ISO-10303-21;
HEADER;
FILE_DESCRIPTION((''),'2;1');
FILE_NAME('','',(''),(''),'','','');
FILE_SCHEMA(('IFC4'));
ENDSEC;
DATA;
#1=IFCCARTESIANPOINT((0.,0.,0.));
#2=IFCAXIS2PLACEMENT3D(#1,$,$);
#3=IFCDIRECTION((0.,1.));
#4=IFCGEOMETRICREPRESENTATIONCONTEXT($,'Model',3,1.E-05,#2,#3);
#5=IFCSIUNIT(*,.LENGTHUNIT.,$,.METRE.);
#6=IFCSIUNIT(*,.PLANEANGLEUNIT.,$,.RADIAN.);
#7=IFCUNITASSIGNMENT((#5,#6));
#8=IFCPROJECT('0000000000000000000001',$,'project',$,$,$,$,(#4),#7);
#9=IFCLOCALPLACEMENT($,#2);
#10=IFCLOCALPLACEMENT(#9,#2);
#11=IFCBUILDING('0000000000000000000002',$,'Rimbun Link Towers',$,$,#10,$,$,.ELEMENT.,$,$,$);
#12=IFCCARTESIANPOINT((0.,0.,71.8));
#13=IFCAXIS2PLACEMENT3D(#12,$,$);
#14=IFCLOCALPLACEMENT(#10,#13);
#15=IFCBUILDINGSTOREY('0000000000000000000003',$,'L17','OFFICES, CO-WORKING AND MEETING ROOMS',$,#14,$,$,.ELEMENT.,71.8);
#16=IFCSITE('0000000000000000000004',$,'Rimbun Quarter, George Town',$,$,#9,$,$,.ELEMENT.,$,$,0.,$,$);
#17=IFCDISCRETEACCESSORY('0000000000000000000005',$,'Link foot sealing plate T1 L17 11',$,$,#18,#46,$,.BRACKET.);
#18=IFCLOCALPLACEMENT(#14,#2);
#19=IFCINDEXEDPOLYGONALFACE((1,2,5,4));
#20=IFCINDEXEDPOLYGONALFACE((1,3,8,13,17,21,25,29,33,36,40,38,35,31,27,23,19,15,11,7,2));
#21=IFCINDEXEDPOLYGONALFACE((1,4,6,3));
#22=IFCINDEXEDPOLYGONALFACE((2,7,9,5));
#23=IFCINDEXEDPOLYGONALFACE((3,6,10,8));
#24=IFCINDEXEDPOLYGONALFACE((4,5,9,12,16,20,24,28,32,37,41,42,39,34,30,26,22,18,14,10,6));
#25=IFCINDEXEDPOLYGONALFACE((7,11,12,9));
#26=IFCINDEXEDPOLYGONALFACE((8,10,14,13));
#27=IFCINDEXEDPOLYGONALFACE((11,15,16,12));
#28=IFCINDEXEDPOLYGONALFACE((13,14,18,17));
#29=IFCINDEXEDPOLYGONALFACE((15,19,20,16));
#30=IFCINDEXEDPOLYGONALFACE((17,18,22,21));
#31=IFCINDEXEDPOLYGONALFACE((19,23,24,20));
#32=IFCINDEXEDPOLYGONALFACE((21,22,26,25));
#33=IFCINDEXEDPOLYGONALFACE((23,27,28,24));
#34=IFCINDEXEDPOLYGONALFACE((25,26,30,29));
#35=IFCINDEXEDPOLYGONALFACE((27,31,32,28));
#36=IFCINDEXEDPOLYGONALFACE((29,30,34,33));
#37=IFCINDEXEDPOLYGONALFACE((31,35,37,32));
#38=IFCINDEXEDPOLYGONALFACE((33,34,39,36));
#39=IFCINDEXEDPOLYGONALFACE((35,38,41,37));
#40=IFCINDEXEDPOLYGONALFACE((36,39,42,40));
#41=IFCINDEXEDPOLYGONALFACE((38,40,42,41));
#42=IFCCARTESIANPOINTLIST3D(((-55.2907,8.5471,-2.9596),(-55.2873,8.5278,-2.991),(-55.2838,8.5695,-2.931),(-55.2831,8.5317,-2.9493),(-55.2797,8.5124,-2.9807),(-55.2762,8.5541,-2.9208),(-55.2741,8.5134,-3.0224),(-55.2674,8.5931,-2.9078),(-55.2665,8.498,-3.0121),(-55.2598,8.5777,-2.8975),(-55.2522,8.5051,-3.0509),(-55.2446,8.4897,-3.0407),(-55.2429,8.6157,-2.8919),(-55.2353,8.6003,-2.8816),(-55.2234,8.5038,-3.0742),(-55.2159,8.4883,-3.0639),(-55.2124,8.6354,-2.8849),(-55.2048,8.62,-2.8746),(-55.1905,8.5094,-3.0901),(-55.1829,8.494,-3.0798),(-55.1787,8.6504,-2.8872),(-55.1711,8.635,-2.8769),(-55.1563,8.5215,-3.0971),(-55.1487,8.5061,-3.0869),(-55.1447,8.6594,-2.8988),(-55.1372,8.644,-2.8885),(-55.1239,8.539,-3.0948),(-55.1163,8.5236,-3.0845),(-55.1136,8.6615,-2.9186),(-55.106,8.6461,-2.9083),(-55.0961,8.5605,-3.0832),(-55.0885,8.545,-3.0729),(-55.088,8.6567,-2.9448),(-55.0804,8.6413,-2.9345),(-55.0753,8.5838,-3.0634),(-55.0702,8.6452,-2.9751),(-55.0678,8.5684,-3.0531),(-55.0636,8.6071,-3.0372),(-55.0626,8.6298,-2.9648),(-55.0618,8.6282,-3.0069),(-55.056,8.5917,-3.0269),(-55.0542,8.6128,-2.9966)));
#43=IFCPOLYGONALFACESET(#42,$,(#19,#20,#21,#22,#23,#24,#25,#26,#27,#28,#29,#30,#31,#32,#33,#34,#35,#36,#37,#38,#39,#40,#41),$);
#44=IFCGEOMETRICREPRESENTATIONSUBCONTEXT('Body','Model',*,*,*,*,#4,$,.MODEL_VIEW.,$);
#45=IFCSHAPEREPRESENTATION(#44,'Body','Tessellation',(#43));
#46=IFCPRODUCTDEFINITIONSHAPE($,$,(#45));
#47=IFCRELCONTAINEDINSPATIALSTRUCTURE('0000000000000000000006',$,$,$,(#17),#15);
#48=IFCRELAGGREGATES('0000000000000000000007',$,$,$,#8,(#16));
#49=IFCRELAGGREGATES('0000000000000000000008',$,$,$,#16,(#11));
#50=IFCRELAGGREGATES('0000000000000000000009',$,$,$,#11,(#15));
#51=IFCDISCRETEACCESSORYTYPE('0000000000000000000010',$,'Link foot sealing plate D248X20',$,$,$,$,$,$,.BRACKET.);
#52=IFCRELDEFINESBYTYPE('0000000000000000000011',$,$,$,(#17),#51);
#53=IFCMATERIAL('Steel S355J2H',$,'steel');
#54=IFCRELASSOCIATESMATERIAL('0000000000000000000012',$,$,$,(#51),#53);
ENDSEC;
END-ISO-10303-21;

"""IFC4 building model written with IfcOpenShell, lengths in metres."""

from ifc_helpers import new_model, si_unit, direction, frame, origin, origin_2d, place, context, subcontext, project, spatial, circle, extrude, material, material_profile, profile_set, type_object, element, save


model = new_model("IFC4")

# Units and contexts
model_context = context("Model", 3, precision=1e-05, world=origin(), true_north=direction((0.0, 1.0)))
body_context = subcontext(model_context, "Body", "Model", "MODEL_VIEW")
ifc_project = project(units=[si_unit("LENGTHUNIT", "METRE"), si_unit("PLANEANGLEUNIT", "RADIAN")], contexts=[model_context])

# Site, building, storey
site_placement = place(None, origin())
site = spatial("IfcSite", under=ifc_project, at=site_placement, Name="Rimbun Quarter, George Town", CompositionType="ELEMENT", RefElevation=0.0)
building_placement = place(site_placement, origin())
building = spatial("IfcBuilding", under=site, at=building_placement, Name="Rimbun Link Towers", CompositionType="ELEMENT")
storey_placement = place(building_placement, frame((0.0, 0.0, 71.8)))
storey = spatial("IfcBuildingStorey", under=building, at=storey_placement, Name="L17", Description="OFFICES, CO-WORKING AND MEETING ROOMS", CompositionType="ELEMENT", Elevation=71.8)

# Discrete accessory
ifc_material_1 = material(Name="Steel S355J2H", Category="steel")
ifc_material_profile_1 = material_profile(ifc_material_1, circle(Radius=0.124, at=origin_2d()), Name="PL D248")
ifc_profile_set_1 = profile_set([ifc_material_profile_1], Name="Steel S355J2H")
discrete_accessory_type = type_object("IfcDiscreteAccessoryType", Name="Link foot sealing plate D248X20", PredefinedType="BRACKET", material=ifc_profile_set_1)
discrete_accessory_placement = place(storey_placement, frame((-55.1685, 8.5671, -2.9807), z_axis=(-0.378895, 0.770012, -0.513342), x_axis=(-0.897257, -0.441508, 0.0)))
element("IfcDiscreteAccessory", 1, at=discrete_accessory_placement, inside=storey, type_object=discrete_accessory_type, Name="Link foot sealing plate T1 L17 11", PredefinedType="BRACKET", context=body_context, shape_type="SweptSolid", body=[
    extrude(circle(Radius=0.124, at=origin_2d()), origin(), (0.0, 0.0, 1.0), 0.02),
])

save(model, "model.ifc")
